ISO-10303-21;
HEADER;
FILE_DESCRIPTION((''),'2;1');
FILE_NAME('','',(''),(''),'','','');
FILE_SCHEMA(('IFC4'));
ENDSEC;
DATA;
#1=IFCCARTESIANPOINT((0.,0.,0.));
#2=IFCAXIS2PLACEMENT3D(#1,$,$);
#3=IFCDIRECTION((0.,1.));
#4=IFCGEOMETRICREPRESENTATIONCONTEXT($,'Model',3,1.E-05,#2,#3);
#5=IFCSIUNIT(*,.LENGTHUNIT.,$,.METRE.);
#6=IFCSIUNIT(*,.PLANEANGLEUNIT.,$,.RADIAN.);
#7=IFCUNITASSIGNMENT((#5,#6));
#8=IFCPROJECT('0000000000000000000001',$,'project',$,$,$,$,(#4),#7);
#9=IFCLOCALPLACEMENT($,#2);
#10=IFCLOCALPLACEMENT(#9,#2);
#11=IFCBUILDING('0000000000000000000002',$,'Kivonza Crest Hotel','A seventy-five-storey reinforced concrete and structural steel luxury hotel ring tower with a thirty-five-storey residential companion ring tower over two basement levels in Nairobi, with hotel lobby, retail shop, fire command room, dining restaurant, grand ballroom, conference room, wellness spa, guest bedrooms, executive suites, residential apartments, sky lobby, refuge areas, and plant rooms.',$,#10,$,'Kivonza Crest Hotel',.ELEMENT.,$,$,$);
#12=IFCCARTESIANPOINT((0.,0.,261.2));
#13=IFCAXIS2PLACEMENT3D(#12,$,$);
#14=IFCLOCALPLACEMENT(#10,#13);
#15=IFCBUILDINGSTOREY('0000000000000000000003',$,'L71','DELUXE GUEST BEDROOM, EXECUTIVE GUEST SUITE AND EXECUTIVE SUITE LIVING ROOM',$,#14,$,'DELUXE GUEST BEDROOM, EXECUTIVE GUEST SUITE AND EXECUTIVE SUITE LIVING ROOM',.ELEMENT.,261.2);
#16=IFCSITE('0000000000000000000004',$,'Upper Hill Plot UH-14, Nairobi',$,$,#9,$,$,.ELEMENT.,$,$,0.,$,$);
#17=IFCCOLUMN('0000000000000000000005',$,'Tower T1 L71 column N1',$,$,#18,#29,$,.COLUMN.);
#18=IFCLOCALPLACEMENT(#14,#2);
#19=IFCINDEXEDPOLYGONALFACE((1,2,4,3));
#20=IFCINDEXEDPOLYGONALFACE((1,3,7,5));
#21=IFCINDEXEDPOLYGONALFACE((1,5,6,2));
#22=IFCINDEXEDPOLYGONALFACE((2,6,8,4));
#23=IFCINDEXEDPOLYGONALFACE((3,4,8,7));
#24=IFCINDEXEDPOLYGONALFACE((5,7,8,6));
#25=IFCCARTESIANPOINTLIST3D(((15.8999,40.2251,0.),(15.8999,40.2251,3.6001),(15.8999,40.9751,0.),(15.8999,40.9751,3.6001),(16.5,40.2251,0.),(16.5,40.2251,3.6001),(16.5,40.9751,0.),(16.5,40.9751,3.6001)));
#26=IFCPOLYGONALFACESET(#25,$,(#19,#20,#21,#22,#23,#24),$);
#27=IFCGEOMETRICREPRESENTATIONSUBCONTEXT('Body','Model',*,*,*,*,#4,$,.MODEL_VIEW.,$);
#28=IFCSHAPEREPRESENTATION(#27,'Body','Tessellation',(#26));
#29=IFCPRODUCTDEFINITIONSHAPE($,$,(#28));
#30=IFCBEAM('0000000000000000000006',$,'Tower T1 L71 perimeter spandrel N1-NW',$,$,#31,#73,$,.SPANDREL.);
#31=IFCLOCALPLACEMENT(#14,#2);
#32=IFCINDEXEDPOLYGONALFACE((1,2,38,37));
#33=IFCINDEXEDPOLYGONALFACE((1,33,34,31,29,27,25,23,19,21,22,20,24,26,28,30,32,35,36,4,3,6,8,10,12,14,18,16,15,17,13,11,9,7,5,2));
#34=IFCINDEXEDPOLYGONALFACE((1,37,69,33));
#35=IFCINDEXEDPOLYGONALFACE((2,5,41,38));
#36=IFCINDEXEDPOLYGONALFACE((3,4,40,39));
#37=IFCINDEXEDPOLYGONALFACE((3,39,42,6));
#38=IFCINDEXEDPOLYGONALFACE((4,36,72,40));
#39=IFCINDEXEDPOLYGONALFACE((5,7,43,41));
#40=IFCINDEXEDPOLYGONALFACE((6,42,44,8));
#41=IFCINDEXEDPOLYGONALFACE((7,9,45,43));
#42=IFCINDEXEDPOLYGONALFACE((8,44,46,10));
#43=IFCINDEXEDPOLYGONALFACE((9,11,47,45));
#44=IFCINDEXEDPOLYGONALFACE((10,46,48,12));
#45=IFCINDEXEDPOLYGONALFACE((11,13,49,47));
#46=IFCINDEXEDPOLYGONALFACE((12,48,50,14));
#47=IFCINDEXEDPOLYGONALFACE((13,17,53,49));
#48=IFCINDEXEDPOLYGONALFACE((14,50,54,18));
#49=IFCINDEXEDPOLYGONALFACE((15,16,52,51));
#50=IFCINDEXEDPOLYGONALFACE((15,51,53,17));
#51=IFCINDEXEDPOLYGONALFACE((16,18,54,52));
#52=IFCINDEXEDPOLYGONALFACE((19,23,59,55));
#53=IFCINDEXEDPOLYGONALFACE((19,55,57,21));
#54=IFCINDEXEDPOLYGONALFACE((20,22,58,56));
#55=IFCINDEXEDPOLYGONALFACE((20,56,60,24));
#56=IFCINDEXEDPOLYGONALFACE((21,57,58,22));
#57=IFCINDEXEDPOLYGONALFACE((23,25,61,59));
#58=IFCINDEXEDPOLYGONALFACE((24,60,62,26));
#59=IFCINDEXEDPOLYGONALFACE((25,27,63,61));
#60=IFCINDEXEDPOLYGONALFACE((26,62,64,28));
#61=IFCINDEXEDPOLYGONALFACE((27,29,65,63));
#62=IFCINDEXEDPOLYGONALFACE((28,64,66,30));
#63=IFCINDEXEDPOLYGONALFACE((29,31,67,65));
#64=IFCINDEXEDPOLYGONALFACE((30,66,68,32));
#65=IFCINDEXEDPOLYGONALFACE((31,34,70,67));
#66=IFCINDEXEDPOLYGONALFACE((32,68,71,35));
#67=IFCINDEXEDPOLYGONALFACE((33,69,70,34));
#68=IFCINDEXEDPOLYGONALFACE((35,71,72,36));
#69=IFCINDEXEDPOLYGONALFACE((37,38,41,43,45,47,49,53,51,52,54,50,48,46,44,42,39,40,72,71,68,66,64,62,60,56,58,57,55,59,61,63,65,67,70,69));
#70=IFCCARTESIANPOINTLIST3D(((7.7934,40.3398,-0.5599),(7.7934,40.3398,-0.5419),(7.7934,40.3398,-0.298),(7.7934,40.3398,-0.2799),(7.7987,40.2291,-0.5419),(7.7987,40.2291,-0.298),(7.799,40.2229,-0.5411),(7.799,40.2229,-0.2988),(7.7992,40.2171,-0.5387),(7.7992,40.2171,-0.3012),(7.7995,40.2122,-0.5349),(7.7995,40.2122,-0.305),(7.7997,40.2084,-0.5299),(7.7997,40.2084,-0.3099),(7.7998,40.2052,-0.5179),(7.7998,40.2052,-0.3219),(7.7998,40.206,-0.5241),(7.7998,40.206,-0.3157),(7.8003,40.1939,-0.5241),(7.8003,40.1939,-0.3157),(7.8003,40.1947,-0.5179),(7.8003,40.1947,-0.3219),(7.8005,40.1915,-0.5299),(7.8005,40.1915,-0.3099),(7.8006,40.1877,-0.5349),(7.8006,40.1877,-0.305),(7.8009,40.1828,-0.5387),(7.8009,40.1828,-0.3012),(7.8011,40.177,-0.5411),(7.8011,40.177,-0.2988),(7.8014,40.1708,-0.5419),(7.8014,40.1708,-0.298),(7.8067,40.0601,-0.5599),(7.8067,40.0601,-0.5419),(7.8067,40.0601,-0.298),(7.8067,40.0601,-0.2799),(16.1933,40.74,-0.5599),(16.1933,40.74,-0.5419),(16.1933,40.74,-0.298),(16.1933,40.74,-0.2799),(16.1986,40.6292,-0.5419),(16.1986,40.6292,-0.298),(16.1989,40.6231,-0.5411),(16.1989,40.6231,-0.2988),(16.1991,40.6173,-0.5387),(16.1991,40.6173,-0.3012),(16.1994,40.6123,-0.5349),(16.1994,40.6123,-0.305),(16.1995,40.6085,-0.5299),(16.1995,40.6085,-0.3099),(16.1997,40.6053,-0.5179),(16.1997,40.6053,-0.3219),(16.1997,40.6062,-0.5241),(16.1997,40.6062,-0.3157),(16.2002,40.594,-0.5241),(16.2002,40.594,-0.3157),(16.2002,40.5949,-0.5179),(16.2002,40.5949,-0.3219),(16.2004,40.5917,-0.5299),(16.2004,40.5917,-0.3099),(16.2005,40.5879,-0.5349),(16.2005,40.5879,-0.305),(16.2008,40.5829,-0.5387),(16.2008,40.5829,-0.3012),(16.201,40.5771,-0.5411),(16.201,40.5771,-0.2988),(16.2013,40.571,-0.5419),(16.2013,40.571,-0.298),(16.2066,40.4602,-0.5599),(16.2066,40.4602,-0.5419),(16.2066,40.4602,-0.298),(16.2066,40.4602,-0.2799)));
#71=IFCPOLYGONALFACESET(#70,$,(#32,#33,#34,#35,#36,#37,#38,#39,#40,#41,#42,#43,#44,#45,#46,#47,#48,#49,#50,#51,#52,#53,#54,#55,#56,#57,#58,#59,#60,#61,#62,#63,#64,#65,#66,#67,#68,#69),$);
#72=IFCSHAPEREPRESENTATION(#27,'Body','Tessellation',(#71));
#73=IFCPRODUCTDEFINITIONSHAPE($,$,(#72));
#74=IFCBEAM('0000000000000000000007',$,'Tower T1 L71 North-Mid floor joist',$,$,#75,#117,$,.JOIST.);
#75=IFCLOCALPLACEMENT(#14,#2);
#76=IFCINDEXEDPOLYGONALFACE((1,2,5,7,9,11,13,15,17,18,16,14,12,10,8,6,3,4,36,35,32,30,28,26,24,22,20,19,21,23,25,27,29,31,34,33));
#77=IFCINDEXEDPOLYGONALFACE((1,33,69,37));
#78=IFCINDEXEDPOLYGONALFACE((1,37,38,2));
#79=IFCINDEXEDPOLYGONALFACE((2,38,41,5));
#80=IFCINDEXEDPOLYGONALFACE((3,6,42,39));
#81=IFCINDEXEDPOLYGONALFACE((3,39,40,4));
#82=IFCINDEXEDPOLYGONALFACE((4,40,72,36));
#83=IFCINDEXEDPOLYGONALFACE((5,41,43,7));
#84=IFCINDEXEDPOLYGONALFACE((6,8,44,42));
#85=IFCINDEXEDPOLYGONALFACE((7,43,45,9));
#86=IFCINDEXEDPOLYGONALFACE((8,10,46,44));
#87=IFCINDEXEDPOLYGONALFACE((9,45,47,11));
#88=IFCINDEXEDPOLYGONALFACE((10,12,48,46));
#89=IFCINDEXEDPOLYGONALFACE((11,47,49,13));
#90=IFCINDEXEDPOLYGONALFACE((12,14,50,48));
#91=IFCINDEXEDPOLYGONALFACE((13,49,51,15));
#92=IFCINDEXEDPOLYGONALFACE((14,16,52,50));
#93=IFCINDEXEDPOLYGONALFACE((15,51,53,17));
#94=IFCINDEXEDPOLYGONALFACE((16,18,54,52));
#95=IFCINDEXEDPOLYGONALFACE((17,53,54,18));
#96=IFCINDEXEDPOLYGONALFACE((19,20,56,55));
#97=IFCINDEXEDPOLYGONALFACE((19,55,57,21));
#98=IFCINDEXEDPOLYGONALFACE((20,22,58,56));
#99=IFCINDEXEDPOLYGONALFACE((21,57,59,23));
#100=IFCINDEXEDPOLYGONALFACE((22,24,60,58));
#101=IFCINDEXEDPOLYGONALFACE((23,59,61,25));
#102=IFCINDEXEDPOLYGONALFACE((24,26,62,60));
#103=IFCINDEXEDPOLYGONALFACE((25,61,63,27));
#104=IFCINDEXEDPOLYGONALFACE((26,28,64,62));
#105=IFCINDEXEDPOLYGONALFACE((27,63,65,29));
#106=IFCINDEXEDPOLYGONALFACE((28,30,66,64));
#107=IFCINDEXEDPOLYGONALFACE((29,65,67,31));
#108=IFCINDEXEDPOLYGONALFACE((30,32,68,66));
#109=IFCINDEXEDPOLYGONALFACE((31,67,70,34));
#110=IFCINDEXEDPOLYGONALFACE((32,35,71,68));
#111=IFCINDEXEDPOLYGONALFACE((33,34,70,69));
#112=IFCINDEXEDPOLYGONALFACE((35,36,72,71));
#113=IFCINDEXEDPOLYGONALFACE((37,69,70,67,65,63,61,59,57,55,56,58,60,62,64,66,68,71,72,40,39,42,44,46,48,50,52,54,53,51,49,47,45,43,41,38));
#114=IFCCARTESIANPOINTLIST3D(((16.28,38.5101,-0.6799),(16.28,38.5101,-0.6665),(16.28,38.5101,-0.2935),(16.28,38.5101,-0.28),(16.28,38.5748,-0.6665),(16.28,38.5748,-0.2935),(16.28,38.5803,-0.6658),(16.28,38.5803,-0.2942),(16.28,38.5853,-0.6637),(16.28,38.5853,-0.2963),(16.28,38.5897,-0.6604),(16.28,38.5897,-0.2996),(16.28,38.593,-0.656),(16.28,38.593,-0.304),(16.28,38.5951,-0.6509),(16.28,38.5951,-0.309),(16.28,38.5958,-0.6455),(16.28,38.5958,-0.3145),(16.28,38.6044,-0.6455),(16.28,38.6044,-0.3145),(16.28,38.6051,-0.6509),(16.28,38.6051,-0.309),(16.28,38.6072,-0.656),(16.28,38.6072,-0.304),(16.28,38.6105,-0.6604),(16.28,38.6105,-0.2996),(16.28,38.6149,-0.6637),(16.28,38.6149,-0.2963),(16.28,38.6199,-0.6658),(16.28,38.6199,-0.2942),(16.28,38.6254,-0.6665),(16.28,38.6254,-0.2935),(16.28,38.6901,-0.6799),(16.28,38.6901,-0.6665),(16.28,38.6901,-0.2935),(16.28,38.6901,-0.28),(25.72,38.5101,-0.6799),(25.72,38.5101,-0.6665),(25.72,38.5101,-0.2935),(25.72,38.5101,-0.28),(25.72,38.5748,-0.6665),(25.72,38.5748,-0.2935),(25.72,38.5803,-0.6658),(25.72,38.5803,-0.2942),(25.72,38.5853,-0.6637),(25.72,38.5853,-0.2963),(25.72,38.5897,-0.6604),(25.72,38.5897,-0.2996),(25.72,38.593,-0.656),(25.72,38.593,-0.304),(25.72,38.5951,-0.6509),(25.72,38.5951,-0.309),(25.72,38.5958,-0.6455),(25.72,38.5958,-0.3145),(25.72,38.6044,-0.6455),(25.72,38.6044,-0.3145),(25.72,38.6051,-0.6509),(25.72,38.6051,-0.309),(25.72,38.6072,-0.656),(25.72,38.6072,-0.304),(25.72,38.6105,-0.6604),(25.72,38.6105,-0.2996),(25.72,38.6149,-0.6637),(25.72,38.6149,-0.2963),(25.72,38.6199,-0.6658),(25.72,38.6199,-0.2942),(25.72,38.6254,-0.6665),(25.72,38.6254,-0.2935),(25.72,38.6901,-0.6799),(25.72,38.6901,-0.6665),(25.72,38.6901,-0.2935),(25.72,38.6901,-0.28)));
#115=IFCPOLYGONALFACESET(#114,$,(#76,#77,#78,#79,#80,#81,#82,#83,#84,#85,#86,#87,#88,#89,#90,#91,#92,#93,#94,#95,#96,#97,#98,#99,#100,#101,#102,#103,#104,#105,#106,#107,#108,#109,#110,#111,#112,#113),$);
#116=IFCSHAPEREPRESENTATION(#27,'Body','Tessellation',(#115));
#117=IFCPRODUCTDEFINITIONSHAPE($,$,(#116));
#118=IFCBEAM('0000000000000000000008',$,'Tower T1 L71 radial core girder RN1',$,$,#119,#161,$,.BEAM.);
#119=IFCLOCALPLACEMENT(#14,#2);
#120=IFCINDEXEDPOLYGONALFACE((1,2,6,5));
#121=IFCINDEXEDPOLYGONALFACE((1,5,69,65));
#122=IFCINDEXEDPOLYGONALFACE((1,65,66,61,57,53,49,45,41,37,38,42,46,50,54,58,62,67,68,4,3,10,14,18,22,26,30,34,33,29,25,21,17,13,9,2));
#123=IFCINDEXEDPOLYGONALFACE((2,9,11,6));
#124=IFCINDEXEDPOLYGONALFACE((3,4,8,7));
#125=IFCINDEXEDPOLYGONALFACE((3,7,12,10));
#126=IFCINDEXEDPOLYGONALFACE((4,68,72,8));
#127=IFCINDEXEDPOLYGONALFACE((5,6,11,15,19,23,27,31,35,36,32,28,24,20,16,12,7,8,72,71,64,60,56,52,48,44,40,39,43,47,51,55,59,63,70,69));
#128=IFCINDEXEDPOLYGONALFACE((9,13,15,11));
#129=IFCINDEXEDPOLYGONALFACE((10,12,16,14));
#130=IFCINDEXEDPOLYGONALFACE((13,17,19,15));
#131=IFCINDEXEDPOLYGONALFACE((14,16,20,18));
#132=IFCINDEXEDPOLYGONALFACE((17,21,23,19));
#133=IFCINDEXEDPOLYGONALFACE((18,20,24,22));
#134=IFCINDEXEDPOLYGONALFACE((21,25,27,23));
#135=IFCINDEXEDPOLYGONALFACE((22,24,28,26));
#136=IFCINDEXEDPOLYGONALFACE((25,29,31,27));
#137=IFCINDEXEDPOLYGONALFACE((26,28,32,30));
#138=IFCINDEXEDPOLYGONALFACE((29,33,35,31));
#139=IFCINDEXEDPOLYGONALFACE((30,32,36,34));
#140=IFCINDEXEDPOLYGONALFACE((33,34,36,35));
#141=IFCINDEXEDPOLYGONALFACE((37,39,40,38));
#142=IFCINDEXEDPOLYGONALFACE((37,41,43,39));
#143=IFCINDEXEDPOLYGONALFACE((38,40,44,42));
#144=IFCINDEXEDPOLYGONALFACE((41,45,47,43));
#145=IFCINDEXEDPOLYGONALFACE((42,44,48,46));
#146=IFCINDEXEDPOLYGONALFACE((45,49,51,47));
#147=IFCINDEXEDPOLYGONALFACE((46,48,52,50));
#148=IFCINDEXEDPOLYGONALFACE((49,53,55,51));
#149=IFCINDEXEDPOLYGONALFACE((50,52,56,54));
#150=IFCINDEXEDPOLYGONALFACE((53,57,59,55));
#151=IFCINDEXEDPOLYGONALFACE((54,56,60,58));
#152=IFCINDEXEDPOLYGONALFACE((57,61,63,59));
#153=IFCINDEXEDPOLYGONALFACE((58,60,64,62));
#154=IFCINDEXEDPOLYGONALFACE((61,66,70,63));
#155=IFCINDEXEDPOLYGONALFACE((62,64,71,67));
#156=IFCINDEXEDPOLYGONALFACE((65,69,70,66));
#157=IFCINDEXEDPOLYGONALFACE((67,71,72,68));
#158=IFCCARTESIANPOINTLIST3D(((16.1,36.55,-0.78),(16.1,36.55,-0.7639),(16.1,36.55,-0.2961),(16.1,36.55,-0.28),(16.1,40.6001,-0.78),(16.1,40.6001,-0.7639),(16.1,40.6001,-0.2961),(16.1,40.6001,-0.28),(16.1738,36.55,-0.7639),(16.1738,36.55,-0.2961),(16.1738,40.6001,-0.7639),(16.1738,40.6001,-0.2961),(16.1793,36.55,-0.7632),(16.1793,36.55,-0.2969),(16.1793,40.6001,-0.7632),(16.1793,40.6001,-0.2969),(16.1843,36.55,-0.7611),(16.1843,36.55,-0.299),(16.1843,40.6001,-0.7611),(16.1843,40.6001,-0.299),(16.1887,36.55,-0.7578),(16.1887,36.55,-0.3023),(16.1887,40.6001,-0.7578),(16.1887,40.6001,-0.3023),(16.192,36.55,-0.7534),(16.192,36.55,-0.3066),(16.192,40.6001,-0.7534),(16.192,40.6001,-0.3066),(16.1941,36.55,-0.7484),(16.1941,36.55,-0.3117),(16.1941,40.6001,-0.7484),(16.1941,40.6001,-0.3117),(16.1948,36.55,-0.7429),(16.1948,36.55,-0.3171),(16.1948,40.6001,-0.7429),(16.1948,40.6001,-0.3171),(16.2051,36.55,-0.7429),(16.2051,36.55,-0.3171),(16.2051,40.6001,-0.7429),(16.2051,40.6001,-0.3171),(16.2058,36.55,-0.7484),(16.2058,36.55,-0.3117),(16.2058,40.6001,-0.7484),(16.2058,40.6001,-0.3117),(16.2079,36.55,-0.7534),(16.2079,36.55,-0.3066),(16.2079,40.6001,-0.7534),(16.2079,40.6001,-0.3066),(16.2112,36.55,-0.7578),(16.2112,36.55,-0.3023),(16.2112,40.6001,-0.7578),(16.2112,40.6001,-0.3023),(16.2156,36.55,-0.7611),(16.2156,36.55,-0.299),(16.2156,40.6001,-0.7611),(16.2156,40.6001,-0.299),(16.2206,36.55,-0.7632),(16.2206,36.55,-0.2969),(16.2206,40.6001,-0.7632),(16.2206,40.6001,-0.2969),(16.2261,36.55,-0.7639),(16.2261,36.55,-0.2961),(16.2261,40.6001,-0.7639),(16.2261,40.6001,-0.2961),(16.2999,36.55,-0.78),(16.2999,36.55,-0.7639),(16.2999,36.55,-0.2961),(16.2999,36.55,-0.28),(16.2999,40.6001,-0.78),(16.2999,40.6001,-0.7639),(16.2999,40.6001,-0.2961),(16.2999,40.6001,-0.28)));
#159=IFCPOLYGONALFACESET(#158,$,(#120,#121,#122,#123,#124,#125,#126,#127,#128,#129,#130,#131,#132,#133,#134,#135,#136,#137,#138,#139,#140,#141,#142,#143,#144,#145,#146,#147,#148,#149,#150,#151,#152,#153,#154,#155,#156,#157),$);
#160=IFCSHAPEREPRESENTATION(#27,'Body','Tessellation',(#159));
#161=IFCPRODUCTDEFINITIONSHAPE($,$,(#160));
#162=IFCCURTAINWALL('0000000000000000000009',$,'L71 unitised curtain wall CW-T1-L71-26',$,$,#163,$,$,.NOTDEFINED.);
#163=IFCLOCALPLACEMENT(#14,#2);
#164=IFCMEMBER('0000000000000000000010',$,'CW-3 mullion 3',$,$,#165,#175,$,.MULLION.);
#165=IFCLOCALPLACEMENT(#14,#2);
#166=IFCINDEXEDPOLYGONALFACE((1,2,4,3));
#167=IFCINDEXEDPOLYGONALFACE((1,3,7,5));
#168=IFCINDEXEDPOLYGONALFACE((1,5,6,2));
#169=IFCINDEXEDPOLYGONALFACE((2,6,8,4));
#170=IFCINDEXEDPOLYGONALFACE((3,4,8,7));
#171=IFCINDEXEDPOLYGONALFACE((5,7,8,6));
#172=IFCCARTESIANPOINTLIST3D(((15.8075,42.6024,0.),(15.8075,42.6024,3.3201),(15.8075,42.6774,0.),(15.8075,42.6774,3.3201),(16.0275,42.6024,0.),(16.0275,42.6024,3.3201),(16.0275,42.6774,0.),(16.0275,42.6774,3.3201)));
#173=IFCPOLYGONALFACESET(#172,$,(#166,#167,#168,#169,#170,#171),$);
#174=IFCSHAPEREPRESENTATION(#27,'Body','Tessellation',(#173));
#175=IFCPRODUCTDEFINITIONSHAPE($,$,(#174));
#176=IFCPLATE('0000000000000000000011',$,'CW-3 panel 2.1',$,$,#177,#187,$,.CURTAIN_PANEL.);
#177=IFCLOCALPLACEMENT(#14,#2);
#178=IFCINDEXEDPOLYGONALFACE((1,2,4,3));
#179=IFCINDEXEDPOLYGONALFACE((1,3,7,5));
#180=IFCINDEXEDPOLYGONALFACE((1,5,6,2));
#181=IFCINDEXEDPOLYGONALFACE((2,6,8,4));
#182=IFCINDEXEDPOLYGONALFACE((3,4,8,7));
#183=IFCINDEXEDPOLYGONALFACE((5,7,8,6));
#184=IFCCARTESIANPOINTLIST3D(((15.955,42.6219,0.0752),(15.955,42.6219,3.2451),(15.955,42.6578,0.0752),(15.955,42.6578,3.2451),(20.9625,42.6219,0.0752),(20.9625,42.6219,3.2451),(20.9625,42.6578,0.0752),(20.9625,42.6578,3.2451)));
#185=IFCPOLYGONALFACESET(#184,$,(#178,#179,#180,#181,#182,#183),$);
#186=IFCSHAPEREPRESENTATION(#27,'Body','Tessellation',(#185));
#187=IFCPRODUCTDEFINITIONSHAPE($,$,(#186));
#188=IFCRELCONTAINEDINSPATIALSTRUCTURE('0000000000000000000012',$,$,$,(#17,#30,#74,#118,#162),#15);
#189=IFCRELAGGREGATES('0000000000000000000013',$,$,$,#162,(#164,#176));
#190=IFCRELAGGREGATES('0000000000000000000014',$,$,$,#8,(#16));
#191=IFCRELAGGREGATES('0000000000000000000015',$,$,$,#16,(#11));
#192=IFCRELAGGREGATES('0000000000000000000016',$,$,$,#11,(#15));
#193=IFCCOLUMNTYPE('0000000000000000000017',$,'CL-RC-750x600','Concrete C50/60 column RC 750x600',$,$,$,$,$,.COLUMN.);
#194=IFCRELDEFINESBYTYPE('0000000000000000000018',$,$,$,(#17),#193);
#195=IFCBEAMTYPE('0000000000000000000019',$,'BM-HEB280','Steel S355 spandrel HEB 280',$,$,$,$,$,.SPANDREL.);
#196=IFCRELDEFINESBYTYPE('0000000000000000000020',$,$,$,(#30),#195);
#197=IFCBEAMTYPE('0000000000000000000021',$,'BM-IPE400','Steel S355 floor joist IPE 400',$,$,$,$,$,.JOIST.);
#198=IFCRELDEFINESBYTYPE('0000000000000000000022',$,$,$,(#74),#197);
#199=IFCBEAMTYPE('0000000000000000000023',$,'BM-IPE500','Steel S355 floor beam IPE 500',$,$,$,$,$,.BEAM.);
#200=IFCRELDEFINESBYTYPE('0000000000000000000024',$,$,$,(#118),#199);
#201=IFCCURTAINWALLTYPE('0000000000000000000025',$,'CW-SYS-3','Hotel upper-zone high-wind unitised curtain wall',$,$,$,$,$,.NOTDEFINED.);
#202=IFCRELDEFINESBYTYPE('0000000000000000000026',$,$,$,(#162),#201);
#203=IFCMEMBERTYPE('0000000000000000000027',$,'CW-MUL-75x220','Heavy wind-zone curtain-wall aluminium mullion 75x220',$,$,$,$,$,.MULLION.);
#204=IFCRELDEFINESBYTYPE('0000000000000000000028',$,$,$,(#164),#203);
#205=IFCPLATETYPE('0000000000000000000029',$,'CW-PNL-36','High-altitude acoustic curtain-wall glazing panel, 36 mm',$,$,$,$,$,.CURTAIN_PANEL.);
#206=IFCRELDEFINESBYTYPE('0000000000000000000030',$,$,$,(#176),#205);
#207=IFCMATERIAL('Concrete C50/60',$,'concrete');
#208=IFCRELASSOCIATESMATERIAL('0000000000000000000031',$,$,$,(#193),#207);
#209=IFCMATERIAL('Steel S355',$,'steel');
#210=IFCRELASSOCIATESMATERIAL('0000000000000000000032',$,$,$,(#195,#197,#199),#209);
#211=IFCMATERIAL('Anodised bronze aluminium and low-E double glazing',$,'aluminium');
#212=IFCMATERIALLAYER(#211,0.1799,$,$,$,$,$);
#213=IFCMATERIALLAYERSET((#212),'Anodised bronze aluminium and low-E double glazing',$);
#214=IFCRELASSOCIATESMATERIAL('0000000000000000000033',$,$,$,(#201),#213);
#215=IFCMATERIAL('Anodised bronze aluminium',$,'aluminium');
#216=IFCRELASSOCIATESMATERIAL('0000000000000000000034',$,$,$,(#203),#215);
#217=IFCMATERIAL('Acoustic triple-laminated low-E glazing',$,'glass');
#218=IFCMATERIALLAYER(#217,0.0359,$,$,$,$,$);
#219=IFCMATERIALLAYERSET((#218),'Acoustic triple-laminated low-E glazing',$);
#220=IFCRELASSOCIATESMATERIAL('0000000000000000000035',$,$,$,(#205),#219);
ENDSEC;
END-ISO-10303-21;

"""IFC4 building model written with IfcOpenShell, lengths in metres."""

from ifc_helpers import new_model, si_unit, direction, frame, origin, origin_2d, place, context, subcontext, project, spatial, rectangle, i_section, extrude, material, layer, layer_set, material_profile, profile_set, type_object, element, aggregate, save


model = new_model("IFC4")

# Units and contexts
model_context = context("Model", 3, precision=1e-05, world=origin(), true_north=direction((0.0, 1.0)))
body_context = subcontext(model_context, "Body", "Model", "MODEL_VIEW")
ifc_project = project(units=[si_unit("LENGTHUNIT", "METRE"), si_unit("PLANEANGLEUNIT", "RADIAN")], contexts=[model_context])

# Site, building, storey
site_placement = place(None, origin())
site = spatial("IfcSite", under=ifc_project, at=site_placement, Name="Upper Hill Plot UH-14, Nairobi", CompositionType="ELEMENT", RefElevation=0.0)
building_placement = place(site_placement, origin())
building = spatial("IfcBuilding", under=site, at=building_placement, Name="Kivonza Crest Hotel", Description="A seventy-five-storey reinforced concrete and structural steel luxury hotel ring tower with a thirty-five-storey residential companion ring tower over two basement levels in Nairobi, with hotel lobby, retail shop, fire command room, dining restaurant, grand ballroom, conference room, wellness spa, guest bedrooms, executive suites, residential apartments, sky lobby, refuge areas, and plant rooms.", LongName="Kivonza Crest Hotel", CompositionType="ELEMENT")
storey_placement = place(building_placement, frame((0.0, 0.0, 261.2)))
storey = spatial("IfcBuildingStorey", under=building, at=storey_placement, Name="L71", Description="DELUXE GUEST BEDROOM, EXECUTIVE GUEST SUITE AND EXECUTIVE SUITE LIVING ROOM", LongName="DELUXE GUEST BEDROOM, EXECUTIVE GUEST SUITE AND EXECUTIVE SUITE LIVING ROOM", CompositionType="ELEMENT", Elevation=261.2)

# Column
ifc_material_1 = material(Name="Concrete C50/60", Category="concrete")
ifc_material_profile_1 = material_profile(ifc_material_1, rectangle(XDim=0.6001, YDim=0.75, at=origin_2d()), Name="RC 750x600")
ifc_profile_set_1 = profile_set([ifc_material_profile_1], Name="Concrete C50/60")
column_type = type_object("IfcColumnType", Name="CL-RC-750x600", Description="Concrete C50/60 column RC 750x600", PredefinedType="COLUMN", material=ifc_profile_set_1)
column_placement = place(storey_placement, frame((16.2, 40.6001, 0.0), z_axis=(0.0, 0.0, 1.0), x_axis=(1.0, 0.0, 0.0)))
element("IfcColumn", 1, at=column_placement, inside=storey, type_object=column_type, Name="Tower T1 L71 column N1", PredefinedType="COLUMN", context=body_context, shape_type="SweptSolid", body=[
    extrude(rectangle(XDim=0.6001, YDim=0.75, at=origin_2d()), origin(), (0.0, 0.0, 1.0), 3.6001),
])

# Beams
ifc_material_2 = material(Name="Steel S355", Category="steel")
ifc_material_profile_2 = material_profile(ifc_material_2, i_section(OverallWidth=0.28, OverallDepth=0.28, WebThickness=0.0105, FlangeThickness=0.0181, FilletRadius=0.0239, at=origin_2d()), Name="HEB 280")
ifc_profile_set_2 = profile_set([ifc_material_profile_2], Name="Steel S355")
beam_type_1 = type_object("IfcBeamType", Name="BM-HEB280", Description="Steel S355 spandrel HEB 280", PredefinedType="SPANDREL", material=ifc_profile_set_2)
beam_1_placement = place(storey_placement, frame((16.2, 40.6001, -0.4199), z_axis=(-0.998867, -0.047583, 0.0), x_axis=(0.047583, -0.998867, 0.0)))
element("IfcBeam", 2, at=beam_1_placement, inside=storey, type_object=beam_type_1, Name="Tower T1 L71 perimeter spandrel N1-NW", PredefinedType="SPANDREL", context=body_context, shape_type="SweptSolid", body=[
    extrude(i_section(OverallWidth=0.28, OverallDepth=0.28, WebThickness=0.0105, FlangeThickness=0.0181, FilletRadius=0.0239, at=origin_2d()), origin(), (0.0, 0.0, 1.0), 8.4094),
])
ifc_material_profile_3 = material_profile(ifc_material_2, i_section(OverallWidth=0.1799, OverallDepth=0.3999, WebThickness=0.0085, FlangeThickness=0.0134, FilletRadius=0.021, at=origin_2d()), Name="IPE 400")
ifc_profile_set_3 = profile_set([ifc_material_profile_3], Name="Steel S355")
beam_type_2 = type_object("IfcBeamType", Name="BM-IPE400", Description="Steel S355 floor joist IPE 400", PredefinedType="JOIST", material=ifc_profile_set_3)
beam_2_placement = place(storey_placement, frame((16.28, 38.6001, -0.48), z_axis=(1.0, 0.0, 0.0), x_axis=(0.0, 1.0, 0.0)))
element("IfcBeam", 3, at=beam_2_placement, inside=storey, type_object=beam_type_2, Name="Tower T1 L71 North-Mid floor joist", PredefinedType="JOIST", context=body_context, shape_type="SweptSolid", body=[
    extrude(i_section(OverallWidth=0.1799, OverallDepth=0.3999, WebThickness=0.0085, FlangeThickness=0.0134, FilletRadius=0.021, at=origin_2d()), origin(), (0.0, 0.0, 1.0), 9.4399),
])
ifc_material_profile_4 = material_profile(ifc_material_2, i_section(OverallWidth=0.2, OverallDepth=0.5, WebThickness=0.0103, FlangeThickness=0.0161, FilletRadius=0.021, at=origin_2d()), Name="IPE 500")
ifc_profile_set_4 = profile_set([ifc_material_profile_4], Name="Steel S355")
beam_type_3 = type_object("IfcBeamType", Name="BM-IPE500", Description="Steel S355 floor beam IPE 500", PredefinedType="BEAM", material=ifc_profile_set_4)
beam_3_placement = place(storey_placement, frame((16.2, 40.6001, -0.53), z_axis=(0.0, -1.0, 0.0), x_axis=(1.0, 0.0, 0.0)))
element("IfcBeam", 4, at=beam_3_placement, inside=storey, type_object=beam_type_3, Name="Tower T1 L71 radial core girder RN1", PredefinedType="BEAM", context=body_context, shape_type="SweptSolid", body=[
    extrude(i_section(OverallWidth=0.2, OverallDepth=0.5, WebThickness=0.0103, FlangeThickness=0.0161, FilletRadius=0.021, at=origin_2d()), origin(), (0.0, 0.0, 1.0), 4.05),
])

# Curtain wall, member, plate
ifc_material_3 = material(Name="Anodised bronze aluminium and low-E double glazing", Category="aluminium")
ifc_layer_1 = layer(ifc_material_3, 0.1799)
ifc_layer_set_1 = layer_set([ifc_layer_1], Name="Anodised bronze aluminium and low-E double glazing")
curtain_wall_type = type_object("IfcCurtainWallType", Name="CW-SYS-3", Description="Hotel upper-zone high-wind unitised curtain wall", PredefinedType="NOTDEFINED", material=ifc_layer_set_1)
curtain_wall_placement = place(storey_placement, origin())
curtain_wall = element("IfcCurtainWall", 5, at=curtain_wall_placement, inside=storey, type_object=curtain_wall_type, Name="L71 unitised curtain wall CW-T1-L71-26", PredefinedType="NOTDEFINED")
ifc_material_4 = material(Name="Anodised bronze aluminium", Category="aluminium")
ifc_material_profile_5 = material_profile(ifc_material_4, rectangle(XDim=0.075, YDim=0.22, at=origin_2d()), Name="CW-M 75x220")
ifc_profile_set_5 = profile_set([ifc_material_profile_5], Name="Anodised bronze aluminium")
member_type = type_object("IfcMemberType", Name="CW-MUL-75x220", Description="Heavy wind-zone curtain-wall aluminium mullion 75x220", PredefinedType="MULLION", material=ifc_profile_set_5)
member_placement = place(storey_placement, frame((15.9175, 42.6399, 0.0), z_axis=(0.0, 0.0, 1.0), x_axis=(0.0, -1.0, 0.0)))
member = element("IfcMember", 6, at=member_placement, type_object=member_type, Name="CW-3 mullion 3", PredefinedType="MULLION", context=body_context, shape_type="SweptSolid", body=[
    extrude(rectangle(XDim=0.075, YDim=0.22, at=origin_2d()), origin(), (0.0, 0.0, 1.0), 3.3201),
])
ifc_material_5 = material(Name="Acoustic triple-laminated low-E glazing", Category="glass")
ifc_layer_2 = layer(ifc_material_5, 0.0359)
ifc_layer_set_2 = layer_set([ifc_layer_2], Name="Acoustic triple-laminated low-E glazing")
plate_type = type_object("IfcPlateType", Name="CW-PNL-36", Description="High-altitude acoustic curtain-wall glazing panel, 36 mm", PredefinedType="CURTAIN_PANEL", material=ifc_layer_set_2)
plate_placement = place(storey_placement, frame((18.4587, 42.6399, 0.0752), z_axis=(0.0, 0.0, 1.0), x_axis=(-1.0, 0.0, 0.0)))
plate = element("IfcPlate", 7, at=plate_placement, type_object=plate_type, Name="CW-3 panel 2.1", PredefinedType="CURTAIN_PANEL", context=body_context, shape_type="SweptSolid", body=[
    extrude(rectangle(XDim=5.0076, YDim=0.0359, at=origin_2d()), origin(), (0.0, 0.0, 1.0), 3.1699),
])
aggregate(curtain_wall, [member, plate])

save(model, "model.ifc")
